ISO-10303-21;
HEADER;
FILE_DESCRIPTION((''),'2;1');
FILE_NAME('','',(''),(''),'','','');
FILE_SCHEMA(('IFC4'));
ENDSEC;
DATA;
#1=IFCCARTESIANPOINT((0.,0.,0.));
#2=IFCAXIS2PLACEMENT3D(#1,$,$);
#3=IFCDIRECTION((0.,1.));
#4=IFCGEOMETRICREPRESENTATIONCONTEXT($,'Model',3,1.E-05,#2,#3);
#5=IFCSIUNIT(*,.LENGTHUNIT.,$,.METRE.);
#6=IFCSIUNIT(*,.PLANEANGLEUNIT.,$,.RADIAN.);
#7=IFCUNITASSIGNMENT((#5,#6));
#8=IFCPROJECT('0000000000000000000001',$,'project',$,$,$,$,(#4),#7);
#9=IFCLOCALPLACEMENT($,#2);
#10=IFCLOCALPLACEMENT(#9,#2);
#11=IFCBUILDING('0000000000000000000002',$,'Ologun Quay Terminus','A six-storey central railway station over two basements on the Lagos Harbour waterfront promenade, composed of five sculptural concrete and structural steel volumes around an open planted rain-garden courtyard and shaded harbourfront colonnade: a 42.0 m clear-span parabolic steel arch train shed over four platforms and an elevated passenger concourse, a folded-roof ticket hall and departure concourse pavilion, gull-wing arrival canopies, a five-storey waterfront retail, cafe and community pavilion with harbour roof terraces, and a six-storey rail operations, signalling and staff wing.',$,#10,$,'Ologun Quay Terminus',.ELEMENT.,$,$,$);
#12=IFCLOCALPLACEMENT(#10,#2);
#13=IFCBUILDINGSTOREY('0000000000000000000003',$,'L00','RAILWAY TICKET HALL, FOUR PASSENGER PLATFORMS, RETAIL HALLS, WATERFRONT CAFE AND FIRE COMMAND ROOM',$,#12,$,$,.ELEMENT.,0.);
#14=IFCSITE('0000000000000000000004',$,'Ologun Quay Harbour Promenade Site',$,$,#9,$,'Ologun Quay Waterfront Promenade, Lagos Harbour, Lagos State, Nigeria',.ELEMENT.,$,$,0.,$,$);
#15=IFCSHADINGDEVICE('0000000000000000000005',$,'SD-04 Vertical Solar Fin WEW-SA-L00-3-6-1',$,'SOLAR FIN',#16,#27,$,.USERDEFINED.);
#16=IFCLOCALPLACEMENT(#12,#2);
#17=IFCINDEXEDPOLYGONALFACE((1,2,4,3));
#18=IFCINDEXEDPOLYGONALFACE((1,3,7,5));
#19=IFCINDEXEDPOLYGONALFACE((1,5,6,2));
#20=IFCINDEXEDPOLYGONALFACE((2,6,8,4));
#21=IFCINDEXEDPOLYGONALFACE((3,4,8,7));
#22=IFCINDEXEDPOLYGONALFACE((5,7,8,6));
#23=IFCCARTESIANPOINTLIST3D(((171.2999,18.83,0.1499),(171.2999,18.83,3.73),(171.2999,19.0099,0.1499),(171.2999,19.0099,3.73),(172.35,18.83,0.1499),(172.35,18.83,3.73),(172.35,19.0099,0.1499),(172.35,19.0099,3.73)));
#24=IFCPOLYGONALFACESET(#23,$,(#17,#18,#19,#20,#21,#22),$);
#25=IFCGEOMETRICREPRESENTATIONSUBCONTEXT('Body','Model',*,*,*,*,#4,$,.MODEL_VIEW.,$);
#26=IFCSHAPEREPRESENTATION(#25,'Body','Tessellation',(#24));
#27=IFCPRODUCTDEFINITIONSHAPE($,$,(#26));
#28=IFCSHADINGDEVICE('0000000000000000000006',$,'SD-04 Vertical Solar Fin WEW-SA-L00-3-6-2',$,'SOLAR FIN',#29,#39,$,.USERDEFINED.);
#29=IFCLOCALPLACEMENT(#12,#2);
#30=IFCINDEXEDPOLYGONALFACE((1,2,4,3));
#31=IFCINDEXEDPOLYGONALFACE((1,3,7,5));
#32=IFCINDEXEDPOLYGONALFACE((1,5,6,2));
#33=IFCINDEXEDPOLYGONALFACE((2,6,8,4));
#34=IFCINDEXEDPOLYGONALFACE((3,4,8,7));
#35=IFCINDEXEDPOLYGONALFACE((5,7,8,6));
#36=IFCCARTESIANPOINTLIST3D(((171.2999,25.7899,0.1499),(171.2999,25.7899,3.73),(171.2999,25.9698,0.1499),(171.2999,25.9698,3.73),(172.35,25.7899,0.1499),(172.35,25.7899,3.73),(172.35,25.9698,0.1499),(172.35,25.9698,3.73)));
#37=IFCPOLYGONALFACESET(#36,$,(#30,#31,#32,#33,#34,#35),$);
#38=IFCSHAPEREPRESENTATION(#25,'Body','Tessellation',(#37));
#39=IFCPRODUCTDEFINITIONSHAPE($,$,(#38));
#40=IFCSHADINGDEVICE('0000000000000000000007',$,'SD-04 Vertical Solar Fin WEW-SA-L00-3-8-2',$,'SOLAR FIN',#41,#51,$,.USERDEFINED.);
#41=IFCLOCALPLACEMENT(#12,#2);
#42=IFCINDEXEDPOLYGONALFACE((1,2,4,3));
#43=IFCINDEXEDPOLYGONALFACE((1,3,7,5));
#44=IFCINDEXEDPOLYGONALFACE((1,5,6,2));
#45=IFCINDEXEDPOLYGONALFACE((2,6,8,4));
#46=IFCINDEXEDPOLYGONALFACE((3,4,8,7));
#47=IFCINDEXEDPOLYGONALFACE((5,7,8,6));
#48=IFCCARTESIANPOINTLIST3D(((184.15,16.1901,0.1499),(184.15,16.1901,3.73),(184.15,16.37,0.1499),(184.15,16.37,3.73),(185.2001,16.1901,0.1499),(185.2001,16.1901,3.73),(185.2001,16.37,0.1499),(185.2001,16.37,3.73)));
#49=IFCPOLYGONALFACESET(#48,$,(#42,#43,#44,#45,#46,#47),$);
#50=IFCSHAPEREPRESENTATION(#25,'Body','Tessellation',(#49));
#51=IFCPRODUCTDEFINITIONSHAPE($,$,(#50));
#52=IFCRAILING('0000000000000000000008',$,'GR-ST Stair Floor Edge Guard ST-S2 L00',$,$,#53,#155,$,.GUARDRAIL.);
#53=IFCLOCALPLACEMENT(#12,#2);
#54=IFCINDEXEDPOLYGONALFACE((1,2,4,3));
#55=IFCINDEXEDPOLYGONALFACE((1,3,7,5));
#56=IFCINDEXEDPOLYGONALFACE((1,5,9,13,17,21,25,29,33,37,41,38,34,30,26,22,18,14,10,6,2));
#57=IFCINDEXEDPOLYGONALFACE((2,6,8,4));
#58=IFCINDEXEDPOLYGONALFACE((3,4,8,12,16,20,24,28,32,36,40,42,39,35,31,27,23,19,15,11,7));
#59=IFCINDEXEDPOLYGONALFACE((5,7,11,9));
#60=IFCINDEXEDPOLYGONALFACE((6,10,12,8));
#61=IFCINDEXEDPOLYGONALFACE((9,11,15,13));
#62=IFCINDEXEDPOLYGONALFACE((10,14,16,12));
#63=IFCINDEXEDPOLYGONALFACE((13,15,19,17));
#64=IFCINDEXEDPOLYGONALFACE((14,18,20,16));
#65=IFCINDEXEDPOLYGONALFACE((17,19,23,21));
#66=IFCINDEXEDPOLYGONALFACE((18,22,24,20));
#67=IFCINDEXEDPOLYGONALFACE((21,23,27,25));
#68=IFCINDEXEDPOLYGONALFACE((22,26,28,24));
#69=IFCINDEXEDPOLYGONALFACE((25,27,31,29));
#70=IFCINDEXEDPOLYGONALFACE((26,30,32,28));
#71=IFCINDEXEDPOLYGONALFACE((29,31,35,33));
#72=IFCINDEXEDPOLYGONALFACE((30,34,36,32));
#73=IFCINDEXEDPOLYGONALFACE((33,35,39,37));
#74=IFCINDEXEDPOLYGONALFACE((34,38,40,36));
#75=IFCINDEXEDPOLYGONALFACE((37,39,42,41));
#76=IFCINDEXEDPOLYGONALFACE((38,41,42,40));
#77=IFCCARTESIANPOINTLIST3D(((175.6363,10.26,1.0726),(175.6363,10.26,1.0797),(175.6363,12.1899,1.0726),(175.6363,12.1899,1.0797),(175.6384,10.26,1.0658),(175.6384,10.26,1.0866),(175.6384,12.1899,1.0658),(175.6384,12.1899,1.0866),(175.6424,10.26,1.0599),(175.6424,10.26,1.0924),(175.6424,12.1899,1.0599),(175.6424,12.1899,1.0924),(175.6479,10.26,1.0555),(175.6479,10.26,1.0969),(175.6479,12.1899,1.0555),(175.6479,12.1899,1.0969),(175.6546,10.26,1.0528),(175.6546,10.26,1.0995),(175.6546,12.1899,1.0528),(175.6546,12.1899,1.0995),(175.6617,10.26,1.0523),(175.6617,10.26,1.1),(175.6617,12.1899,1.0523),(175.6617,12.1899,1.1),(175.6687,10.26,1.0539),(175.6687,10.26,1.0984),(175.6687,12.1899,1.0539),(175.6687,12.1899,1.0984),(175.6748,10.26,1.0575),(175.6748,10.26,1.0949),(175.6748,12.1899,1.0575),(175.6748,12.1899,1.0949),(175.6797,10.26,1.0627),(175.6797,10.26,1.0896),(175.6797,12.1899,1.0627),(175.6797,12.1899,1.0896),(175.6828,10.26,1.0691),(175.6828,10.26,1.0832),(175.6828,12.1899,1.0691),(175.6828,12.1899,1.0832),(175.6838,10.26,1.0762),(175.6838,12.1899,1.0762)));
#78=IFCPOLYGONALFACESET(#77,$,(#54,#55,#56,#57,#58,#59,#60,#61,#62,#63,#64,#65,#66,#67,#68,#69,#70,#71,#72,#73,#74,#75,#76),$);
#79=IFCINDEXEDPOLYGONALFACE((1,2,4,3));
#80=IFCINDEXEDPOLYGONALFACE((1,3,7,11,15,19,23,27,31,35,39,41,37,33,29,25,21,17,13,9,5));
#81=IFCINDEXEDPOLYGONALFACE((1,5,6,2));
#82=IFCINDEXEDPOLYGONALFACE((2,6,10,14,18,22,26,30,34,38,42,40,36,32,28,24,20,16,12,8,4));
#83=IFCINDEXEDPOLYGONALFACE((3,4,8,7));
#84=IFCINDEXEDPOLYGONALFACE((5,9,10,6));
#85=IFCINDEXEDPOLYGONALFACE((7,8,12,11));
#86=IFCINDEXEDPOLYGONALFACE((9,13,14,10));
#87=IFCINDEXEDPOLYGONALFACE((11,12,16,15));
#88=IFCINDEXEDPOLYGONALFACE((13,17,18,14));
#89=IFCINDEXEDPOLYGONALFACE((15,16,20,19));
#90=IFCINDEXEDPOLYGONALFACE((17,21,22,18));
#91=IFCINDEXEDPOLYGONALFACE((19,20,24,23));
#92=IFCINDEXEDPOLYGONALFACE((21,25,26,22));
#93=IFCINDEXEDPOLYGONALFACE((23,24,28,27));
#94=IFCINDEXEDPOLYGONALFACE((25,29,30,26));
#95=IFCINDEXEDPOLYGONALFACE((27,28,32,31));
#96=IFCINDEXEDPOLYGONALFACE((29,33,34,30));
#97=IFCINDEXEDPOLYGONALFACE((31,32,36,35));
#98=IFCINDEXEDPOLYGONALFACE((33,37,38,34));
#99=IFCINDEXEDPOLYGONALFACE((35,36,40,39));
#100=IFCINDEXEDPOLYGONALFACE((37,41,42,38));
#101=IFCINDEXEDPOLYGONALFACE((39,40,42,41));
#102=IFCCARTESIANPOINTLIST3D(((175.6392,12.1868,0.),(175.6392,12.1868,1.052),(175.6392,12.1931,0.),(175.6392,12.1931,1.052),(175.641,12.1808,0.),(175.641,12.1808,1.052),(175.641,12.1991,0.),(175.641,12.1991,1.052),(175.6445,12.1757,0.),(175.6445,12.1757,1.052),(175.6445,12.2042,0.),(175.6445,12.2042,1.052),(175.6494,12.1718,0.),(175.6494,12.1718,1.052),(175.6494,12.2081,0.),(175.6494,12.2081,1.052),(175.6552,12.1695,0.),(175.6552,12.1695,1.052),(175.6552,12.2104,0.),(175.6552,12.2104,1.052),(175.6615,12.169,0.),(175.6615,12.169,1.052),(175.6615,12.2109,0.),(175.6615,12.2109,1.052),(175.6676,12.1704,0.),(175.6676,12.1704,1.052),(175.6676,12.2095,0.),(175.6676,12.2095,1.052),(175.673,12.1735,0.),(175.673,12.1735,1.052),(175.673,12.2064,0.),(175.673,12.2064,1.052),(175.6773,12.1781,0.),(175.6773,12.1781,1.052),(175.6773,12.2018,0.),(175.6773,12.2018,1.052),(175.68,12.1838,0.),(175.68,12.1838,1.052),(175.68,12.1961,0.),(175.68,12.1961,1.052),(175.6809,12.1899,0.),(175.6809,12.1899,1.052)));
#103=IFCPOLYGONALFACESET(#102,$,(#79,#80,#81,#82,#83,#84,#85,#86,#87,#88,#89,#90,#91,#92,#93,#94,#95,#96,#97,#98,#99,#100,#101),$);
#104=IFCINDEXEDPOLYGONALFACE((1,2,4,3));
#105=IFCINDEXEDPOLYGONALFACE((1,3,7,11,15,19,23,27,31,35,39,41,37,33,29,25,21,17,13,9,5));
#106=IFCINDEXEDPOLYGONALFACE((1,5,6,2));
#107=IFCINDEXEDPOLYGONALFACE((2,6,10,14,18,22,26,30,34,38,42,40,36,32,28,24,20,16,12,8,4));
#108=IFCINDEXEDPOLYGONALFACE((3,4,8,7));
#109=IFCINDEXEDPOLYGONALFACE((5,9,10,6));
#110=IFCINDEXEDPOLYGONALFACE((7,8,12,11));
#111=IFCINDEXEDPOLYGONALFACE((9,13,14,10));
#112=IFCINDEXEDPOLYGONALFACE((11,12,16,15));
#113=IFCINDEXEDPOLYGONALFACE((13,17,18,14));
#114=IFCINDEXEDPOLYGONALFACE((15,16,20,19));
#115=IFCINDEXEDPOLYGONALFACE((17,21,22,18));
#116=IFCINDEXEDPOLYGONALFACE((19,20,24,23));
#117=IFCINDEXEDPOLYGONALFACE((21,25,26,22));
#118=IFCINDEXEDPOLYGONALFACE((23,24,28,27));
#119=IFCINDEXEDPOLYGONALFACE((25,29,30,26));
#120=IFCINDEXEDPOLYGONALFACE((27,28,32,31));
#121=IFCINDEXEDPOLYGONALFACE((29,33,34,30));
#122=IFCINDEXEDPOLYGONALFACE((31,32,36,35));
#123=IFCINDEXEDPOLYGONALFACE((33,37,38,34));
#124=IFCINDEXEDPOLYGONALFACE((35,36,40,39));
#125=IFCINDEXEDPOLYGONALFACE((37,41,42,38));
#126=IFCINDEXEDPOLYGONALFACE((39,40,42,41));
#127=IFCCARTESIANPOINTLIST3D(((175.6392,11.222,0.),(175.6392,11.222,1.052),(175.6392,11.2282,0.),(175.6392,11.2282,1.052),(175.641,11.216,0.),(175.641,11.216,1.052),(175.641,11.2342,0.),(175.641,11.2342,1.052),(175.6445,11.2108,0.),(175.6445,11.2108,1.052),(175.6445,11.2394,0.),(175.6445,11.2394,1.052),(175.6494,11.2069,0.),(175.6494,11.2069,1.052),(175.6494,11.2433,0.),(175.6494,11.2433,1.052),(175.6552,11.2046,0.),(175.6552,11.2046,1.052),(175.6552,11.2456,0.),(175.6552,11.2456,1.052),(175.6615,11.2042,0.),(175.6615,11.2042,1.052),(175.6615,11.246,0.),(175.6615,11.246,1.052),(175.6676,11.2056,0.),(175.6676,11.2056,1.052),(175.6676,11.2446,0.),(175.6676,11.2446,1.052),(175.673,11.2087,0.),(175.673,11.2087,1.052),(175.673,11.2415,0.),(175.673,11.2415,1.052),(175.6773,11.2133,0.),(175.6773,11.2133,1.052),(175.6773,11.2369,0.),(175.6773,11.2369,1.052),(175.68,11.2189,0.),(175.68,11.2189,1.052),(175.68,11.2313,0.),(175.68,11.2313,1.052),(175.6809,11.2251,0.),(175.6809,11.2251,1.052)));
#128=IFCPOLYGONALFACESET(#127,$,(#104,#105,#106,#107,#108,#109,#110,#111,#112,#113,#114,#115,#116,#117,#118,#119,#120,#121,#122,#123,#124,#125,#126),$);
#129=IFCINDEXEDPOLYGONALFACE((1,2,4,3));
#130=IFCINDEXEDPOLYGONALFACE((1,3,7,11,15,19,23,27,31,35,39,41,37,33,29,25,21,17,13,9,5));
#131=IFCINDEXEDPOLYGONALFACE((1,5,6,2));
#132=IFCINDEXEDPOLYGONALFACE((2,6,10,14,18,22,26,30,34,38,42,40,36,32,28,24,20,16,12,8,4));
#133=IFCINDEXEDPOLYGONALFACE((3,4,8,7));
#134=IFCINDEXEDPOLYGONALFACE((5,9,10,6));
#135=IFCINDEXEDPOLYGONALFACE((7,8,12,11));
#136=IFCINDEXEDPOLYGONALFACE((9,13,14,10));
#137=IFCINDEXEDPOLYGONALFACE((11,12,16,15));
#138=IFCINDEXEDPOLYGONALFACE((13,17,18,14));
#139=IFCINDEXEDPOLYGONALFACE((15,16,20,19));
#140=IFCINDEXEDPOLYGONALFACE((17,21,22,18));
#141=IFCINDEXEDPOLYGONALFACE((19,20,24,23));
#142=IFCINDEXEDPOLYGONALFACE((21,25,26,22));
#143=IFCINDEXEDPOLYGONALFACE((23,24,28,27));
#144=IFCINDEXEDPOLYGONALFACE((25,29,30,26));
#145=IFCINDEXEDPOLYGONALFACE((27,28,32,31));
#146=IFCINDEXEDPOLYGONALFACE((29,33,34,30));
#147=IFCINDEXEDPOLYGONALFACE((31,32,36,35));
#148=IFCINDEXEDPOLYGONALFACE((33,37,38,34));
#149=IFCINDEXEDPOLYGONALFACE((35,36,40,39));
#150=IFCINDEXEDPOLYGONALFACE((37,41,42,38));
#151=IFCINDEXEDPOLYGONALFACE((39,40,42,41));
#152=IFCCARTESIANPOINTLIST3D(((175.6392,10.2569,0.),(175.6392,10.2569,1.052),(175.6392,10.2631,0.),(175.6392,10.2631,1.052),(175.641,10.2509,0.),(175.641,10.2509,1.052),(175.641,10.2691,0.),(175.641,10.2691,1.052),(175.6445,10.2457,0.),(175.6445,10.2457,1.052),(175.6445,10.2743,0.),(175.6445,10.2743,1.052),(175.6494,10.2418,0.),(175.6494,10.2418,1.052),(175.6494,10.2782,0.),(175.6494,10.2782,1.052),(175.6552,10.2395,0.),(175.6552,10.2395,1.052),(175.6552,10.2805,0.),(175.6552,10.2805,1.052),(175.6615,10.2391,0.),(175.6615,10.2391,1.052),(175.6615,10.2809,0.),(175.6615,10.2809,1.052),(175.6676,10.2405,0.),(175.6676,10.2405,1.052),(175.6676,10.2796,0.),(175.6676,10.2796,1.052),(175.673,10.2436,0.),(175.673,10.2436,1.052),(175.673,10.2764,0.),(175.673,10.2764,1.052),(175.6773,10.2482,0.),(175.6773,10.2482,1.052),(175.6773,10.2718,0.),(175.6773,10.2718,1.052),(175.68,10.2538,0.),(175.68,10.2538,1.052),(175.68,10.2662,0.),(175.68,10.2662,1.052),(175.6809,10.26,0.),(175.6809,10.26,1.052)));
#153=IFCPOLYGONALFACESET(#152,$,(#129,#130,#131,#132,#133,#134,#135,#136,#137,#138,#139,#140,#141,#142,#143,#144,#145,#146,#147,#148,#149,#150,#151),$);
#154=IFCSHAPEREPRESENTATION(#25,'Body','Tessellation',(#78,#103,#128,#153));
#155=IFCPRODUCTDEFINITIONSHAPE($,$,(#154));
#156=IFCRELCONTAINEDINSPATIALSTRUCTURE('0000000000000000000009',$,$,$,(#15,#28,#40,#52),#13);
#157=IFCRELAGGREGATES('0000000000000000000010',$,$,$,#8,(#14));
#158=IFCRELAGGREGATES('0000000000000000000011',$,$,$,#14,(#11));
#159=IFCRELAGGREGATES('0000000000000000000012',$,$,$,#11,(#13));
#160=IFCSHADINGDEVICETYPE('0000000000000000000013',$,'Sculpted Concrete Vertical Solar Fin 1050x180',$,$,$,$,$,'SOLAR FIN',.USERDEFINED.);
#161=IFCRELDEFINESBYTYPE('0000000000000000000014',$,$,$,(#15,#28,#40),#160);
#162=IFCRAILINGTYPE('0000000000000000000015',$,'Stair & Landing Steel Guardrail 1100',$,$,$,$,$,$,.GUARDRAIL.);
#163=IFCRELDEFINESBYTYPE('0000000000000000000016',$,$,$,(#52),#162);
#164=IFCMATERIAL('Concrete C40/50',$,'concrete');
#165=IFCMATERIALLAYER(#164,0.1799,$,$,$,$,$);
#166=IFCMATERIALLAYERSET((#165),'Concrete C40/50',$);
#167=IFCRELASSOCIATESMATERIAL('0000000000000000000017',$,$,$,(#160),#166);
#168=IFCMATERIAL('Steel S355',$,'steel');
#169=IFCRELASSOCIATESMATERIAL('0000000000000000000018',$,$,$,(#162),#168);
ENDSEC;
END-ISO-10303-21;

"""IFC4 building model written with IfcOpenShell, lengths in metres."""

from ifc_helpers import new_model, si_unit, direction, frame, origin, origin_2d, place, context, subcontext, project, spatial, rectangle, circle, extrude, material, layer, layer_set, type_object, element, save


model = new_model("IFC4")

# Units and contexts
model_context = context("Model", 3, precision=1e-05, world=origin(), true_north=direction((0.0, 1.0)))
body_context = subcontext(model_context, "Body", "Model", "MODEL_VIEW")
ifc_project = project(units=[si_unit("LENGTHUNIT", "METRE"), si_unit("PLANEANGLEUNIT", "RADIAN")], contexts=[model_context])

# Site, building, storey
site_placement = place(None, origin())
site = spatial("IfcSite", under=ifc_project, at=site_placement, Name="Ologun Quay Harbour Promenade Site", LongName="Ologun Quay Waterfront Promenade, Lagos Harbour, Lagos State, Nigeria", CompositionType="ELEMENT", RefElevation=0.0)
building_placement = place(site_placement, origin())
building = spatial("IfcBuilding", under=site, at=building_placement, Name="Ologun Quay Terminus", Description="A six-storey central railway station over two basements on the Lagos Harbour waterfront promenade, composed of five sculptural concrete and structural steel volumes around an open planted rain-garden courtyard and shaded harbourfront colonnade: a 42.0 m clear-span parabolic steel arch train shed over four platforms and an elevated passenger concourse, a folded-roof ticket hall and departure concourse pavilion, gull-wing arrival canopies, a five-storey waterfront retail, cafe and community pavilion with harbour roof terraces, and a six-storey rail operations, signalling and staff wing.", LongName="Ologun Quay Terminus", CompositionType="ELEMENT")
storey_placement = place(building_placement, origin())
storey = spatial("IfcBuildingStorey", under=building, at=storey_placement, Name="L00", Description="RAILWAY TICKET HALL, FOUR PASSENGER PLATFORMS, RETAIL HALLS, WATERFRONT CAFE AND FIRE COMMAND ROOM", CompositionType="ELEMENT", Elevation=0.0)

# Shading devices
ifc_material_1 = material(Name="Concrete C40/50", Category="concrete")
ifc_layer_1 = layer(ifc_material_1, 0.1799)
ifc_layer_set_1 = layer_set([ifc_layer_1], Name="Concrete C40/50")
shading_device_type = type_object("IfcShadingDeviceType", Name="Sculpted Concrete Vertical Solar Fin 1050x180", ElementType="SOLAR FIN", PredefinedType="USERDEFINED", material=ifc_layer_set_1)
for number, where, z_axis, x_axis, name in (
    (1, (171.825, 18.9199, 0.1499), (0.0, 0.0, 1.0), (1.0, 0.0, 0.0), "SD-04 Vertical Solar Fin WEW-SA-L00-3-6-1"),
    (2, (171.825, 25.8799, 0.1499), (0.0, 0.0, 1.0), (1.0, 0.0, 0.0), "SD-04 Vertical Solar Fin WEW-SA-L00-3-6-2"),
    (3, (184.675, 16.28, 0.1499), (0.0, 0.0, 1.0), (1.0, 0.0, 0.0), "SD-04 Vertical Solar Fin WEW-SA-L00-3-8-2"),
):
    element("IfcShadingDevice", number, at=place(storey_placement, frame(where, z_axis=z_axis, x_axis=x_axis)), inside=storey, type_object=shading_device_type, Name=name, ObjectType="SOLAR FIN", PredefinedType="USERDEFINED", context=body_context, shape_type="SweptSolid", body=[
        extrude(rectangle(XDim=1.05, YDim=0.1799, at=origin_2d()), origin(), (0.0, 0.0, 1.0), 3.5801),
    ])

# Railing
ifc_material_2 = material(Name="Steel S355", Category="steel")
railing_type_1 = type_object("IfcRailingType", Name="Stair & Landing Steel Guardrail 1100", PredefinedType="GUARDRAIL", material=ifc_material_2)
railing_1_placement = place(storey_placement, frame((175.6599, 12.1899, 0.0)))
element("IfcRailing", 4, at=railing_1_placement, inside=storey, type_object=railing_type_1, Name="GR-ST Stair Floor Edge Guard ST-S2 L00", PredefinedType="GUARDRAIL", context=body_context, shape_type="SweptSolid", body=[
    extrude(circle(Radius=0.0239, at=origin_2d()), frame((0.0, 0.0, 1.0762), z_axis=(0.0, -1.0, 0.0), x_axis=(1.0, 0.0, 0.0)), (0.0, 0.0, 1.0), 1.9299),
    extrude(circle(Radius=0.021, at=origin_2d()), origin(), (0.0, 0.0, 1.0), 1.052),
    extrude(circle(Radius=0.021, at=origin_2d()), frame((0.0, -0.9648, 0.0)), (0.0, 0.0, 1.0), 1.052),
    extrude(circle(Radius=0.021, at=origin_2d()), frame((0.0, -1.9299, 0.0)), (0.0, 0.0, 1.0), 1.052),
])

save(model, "model.ifc")
